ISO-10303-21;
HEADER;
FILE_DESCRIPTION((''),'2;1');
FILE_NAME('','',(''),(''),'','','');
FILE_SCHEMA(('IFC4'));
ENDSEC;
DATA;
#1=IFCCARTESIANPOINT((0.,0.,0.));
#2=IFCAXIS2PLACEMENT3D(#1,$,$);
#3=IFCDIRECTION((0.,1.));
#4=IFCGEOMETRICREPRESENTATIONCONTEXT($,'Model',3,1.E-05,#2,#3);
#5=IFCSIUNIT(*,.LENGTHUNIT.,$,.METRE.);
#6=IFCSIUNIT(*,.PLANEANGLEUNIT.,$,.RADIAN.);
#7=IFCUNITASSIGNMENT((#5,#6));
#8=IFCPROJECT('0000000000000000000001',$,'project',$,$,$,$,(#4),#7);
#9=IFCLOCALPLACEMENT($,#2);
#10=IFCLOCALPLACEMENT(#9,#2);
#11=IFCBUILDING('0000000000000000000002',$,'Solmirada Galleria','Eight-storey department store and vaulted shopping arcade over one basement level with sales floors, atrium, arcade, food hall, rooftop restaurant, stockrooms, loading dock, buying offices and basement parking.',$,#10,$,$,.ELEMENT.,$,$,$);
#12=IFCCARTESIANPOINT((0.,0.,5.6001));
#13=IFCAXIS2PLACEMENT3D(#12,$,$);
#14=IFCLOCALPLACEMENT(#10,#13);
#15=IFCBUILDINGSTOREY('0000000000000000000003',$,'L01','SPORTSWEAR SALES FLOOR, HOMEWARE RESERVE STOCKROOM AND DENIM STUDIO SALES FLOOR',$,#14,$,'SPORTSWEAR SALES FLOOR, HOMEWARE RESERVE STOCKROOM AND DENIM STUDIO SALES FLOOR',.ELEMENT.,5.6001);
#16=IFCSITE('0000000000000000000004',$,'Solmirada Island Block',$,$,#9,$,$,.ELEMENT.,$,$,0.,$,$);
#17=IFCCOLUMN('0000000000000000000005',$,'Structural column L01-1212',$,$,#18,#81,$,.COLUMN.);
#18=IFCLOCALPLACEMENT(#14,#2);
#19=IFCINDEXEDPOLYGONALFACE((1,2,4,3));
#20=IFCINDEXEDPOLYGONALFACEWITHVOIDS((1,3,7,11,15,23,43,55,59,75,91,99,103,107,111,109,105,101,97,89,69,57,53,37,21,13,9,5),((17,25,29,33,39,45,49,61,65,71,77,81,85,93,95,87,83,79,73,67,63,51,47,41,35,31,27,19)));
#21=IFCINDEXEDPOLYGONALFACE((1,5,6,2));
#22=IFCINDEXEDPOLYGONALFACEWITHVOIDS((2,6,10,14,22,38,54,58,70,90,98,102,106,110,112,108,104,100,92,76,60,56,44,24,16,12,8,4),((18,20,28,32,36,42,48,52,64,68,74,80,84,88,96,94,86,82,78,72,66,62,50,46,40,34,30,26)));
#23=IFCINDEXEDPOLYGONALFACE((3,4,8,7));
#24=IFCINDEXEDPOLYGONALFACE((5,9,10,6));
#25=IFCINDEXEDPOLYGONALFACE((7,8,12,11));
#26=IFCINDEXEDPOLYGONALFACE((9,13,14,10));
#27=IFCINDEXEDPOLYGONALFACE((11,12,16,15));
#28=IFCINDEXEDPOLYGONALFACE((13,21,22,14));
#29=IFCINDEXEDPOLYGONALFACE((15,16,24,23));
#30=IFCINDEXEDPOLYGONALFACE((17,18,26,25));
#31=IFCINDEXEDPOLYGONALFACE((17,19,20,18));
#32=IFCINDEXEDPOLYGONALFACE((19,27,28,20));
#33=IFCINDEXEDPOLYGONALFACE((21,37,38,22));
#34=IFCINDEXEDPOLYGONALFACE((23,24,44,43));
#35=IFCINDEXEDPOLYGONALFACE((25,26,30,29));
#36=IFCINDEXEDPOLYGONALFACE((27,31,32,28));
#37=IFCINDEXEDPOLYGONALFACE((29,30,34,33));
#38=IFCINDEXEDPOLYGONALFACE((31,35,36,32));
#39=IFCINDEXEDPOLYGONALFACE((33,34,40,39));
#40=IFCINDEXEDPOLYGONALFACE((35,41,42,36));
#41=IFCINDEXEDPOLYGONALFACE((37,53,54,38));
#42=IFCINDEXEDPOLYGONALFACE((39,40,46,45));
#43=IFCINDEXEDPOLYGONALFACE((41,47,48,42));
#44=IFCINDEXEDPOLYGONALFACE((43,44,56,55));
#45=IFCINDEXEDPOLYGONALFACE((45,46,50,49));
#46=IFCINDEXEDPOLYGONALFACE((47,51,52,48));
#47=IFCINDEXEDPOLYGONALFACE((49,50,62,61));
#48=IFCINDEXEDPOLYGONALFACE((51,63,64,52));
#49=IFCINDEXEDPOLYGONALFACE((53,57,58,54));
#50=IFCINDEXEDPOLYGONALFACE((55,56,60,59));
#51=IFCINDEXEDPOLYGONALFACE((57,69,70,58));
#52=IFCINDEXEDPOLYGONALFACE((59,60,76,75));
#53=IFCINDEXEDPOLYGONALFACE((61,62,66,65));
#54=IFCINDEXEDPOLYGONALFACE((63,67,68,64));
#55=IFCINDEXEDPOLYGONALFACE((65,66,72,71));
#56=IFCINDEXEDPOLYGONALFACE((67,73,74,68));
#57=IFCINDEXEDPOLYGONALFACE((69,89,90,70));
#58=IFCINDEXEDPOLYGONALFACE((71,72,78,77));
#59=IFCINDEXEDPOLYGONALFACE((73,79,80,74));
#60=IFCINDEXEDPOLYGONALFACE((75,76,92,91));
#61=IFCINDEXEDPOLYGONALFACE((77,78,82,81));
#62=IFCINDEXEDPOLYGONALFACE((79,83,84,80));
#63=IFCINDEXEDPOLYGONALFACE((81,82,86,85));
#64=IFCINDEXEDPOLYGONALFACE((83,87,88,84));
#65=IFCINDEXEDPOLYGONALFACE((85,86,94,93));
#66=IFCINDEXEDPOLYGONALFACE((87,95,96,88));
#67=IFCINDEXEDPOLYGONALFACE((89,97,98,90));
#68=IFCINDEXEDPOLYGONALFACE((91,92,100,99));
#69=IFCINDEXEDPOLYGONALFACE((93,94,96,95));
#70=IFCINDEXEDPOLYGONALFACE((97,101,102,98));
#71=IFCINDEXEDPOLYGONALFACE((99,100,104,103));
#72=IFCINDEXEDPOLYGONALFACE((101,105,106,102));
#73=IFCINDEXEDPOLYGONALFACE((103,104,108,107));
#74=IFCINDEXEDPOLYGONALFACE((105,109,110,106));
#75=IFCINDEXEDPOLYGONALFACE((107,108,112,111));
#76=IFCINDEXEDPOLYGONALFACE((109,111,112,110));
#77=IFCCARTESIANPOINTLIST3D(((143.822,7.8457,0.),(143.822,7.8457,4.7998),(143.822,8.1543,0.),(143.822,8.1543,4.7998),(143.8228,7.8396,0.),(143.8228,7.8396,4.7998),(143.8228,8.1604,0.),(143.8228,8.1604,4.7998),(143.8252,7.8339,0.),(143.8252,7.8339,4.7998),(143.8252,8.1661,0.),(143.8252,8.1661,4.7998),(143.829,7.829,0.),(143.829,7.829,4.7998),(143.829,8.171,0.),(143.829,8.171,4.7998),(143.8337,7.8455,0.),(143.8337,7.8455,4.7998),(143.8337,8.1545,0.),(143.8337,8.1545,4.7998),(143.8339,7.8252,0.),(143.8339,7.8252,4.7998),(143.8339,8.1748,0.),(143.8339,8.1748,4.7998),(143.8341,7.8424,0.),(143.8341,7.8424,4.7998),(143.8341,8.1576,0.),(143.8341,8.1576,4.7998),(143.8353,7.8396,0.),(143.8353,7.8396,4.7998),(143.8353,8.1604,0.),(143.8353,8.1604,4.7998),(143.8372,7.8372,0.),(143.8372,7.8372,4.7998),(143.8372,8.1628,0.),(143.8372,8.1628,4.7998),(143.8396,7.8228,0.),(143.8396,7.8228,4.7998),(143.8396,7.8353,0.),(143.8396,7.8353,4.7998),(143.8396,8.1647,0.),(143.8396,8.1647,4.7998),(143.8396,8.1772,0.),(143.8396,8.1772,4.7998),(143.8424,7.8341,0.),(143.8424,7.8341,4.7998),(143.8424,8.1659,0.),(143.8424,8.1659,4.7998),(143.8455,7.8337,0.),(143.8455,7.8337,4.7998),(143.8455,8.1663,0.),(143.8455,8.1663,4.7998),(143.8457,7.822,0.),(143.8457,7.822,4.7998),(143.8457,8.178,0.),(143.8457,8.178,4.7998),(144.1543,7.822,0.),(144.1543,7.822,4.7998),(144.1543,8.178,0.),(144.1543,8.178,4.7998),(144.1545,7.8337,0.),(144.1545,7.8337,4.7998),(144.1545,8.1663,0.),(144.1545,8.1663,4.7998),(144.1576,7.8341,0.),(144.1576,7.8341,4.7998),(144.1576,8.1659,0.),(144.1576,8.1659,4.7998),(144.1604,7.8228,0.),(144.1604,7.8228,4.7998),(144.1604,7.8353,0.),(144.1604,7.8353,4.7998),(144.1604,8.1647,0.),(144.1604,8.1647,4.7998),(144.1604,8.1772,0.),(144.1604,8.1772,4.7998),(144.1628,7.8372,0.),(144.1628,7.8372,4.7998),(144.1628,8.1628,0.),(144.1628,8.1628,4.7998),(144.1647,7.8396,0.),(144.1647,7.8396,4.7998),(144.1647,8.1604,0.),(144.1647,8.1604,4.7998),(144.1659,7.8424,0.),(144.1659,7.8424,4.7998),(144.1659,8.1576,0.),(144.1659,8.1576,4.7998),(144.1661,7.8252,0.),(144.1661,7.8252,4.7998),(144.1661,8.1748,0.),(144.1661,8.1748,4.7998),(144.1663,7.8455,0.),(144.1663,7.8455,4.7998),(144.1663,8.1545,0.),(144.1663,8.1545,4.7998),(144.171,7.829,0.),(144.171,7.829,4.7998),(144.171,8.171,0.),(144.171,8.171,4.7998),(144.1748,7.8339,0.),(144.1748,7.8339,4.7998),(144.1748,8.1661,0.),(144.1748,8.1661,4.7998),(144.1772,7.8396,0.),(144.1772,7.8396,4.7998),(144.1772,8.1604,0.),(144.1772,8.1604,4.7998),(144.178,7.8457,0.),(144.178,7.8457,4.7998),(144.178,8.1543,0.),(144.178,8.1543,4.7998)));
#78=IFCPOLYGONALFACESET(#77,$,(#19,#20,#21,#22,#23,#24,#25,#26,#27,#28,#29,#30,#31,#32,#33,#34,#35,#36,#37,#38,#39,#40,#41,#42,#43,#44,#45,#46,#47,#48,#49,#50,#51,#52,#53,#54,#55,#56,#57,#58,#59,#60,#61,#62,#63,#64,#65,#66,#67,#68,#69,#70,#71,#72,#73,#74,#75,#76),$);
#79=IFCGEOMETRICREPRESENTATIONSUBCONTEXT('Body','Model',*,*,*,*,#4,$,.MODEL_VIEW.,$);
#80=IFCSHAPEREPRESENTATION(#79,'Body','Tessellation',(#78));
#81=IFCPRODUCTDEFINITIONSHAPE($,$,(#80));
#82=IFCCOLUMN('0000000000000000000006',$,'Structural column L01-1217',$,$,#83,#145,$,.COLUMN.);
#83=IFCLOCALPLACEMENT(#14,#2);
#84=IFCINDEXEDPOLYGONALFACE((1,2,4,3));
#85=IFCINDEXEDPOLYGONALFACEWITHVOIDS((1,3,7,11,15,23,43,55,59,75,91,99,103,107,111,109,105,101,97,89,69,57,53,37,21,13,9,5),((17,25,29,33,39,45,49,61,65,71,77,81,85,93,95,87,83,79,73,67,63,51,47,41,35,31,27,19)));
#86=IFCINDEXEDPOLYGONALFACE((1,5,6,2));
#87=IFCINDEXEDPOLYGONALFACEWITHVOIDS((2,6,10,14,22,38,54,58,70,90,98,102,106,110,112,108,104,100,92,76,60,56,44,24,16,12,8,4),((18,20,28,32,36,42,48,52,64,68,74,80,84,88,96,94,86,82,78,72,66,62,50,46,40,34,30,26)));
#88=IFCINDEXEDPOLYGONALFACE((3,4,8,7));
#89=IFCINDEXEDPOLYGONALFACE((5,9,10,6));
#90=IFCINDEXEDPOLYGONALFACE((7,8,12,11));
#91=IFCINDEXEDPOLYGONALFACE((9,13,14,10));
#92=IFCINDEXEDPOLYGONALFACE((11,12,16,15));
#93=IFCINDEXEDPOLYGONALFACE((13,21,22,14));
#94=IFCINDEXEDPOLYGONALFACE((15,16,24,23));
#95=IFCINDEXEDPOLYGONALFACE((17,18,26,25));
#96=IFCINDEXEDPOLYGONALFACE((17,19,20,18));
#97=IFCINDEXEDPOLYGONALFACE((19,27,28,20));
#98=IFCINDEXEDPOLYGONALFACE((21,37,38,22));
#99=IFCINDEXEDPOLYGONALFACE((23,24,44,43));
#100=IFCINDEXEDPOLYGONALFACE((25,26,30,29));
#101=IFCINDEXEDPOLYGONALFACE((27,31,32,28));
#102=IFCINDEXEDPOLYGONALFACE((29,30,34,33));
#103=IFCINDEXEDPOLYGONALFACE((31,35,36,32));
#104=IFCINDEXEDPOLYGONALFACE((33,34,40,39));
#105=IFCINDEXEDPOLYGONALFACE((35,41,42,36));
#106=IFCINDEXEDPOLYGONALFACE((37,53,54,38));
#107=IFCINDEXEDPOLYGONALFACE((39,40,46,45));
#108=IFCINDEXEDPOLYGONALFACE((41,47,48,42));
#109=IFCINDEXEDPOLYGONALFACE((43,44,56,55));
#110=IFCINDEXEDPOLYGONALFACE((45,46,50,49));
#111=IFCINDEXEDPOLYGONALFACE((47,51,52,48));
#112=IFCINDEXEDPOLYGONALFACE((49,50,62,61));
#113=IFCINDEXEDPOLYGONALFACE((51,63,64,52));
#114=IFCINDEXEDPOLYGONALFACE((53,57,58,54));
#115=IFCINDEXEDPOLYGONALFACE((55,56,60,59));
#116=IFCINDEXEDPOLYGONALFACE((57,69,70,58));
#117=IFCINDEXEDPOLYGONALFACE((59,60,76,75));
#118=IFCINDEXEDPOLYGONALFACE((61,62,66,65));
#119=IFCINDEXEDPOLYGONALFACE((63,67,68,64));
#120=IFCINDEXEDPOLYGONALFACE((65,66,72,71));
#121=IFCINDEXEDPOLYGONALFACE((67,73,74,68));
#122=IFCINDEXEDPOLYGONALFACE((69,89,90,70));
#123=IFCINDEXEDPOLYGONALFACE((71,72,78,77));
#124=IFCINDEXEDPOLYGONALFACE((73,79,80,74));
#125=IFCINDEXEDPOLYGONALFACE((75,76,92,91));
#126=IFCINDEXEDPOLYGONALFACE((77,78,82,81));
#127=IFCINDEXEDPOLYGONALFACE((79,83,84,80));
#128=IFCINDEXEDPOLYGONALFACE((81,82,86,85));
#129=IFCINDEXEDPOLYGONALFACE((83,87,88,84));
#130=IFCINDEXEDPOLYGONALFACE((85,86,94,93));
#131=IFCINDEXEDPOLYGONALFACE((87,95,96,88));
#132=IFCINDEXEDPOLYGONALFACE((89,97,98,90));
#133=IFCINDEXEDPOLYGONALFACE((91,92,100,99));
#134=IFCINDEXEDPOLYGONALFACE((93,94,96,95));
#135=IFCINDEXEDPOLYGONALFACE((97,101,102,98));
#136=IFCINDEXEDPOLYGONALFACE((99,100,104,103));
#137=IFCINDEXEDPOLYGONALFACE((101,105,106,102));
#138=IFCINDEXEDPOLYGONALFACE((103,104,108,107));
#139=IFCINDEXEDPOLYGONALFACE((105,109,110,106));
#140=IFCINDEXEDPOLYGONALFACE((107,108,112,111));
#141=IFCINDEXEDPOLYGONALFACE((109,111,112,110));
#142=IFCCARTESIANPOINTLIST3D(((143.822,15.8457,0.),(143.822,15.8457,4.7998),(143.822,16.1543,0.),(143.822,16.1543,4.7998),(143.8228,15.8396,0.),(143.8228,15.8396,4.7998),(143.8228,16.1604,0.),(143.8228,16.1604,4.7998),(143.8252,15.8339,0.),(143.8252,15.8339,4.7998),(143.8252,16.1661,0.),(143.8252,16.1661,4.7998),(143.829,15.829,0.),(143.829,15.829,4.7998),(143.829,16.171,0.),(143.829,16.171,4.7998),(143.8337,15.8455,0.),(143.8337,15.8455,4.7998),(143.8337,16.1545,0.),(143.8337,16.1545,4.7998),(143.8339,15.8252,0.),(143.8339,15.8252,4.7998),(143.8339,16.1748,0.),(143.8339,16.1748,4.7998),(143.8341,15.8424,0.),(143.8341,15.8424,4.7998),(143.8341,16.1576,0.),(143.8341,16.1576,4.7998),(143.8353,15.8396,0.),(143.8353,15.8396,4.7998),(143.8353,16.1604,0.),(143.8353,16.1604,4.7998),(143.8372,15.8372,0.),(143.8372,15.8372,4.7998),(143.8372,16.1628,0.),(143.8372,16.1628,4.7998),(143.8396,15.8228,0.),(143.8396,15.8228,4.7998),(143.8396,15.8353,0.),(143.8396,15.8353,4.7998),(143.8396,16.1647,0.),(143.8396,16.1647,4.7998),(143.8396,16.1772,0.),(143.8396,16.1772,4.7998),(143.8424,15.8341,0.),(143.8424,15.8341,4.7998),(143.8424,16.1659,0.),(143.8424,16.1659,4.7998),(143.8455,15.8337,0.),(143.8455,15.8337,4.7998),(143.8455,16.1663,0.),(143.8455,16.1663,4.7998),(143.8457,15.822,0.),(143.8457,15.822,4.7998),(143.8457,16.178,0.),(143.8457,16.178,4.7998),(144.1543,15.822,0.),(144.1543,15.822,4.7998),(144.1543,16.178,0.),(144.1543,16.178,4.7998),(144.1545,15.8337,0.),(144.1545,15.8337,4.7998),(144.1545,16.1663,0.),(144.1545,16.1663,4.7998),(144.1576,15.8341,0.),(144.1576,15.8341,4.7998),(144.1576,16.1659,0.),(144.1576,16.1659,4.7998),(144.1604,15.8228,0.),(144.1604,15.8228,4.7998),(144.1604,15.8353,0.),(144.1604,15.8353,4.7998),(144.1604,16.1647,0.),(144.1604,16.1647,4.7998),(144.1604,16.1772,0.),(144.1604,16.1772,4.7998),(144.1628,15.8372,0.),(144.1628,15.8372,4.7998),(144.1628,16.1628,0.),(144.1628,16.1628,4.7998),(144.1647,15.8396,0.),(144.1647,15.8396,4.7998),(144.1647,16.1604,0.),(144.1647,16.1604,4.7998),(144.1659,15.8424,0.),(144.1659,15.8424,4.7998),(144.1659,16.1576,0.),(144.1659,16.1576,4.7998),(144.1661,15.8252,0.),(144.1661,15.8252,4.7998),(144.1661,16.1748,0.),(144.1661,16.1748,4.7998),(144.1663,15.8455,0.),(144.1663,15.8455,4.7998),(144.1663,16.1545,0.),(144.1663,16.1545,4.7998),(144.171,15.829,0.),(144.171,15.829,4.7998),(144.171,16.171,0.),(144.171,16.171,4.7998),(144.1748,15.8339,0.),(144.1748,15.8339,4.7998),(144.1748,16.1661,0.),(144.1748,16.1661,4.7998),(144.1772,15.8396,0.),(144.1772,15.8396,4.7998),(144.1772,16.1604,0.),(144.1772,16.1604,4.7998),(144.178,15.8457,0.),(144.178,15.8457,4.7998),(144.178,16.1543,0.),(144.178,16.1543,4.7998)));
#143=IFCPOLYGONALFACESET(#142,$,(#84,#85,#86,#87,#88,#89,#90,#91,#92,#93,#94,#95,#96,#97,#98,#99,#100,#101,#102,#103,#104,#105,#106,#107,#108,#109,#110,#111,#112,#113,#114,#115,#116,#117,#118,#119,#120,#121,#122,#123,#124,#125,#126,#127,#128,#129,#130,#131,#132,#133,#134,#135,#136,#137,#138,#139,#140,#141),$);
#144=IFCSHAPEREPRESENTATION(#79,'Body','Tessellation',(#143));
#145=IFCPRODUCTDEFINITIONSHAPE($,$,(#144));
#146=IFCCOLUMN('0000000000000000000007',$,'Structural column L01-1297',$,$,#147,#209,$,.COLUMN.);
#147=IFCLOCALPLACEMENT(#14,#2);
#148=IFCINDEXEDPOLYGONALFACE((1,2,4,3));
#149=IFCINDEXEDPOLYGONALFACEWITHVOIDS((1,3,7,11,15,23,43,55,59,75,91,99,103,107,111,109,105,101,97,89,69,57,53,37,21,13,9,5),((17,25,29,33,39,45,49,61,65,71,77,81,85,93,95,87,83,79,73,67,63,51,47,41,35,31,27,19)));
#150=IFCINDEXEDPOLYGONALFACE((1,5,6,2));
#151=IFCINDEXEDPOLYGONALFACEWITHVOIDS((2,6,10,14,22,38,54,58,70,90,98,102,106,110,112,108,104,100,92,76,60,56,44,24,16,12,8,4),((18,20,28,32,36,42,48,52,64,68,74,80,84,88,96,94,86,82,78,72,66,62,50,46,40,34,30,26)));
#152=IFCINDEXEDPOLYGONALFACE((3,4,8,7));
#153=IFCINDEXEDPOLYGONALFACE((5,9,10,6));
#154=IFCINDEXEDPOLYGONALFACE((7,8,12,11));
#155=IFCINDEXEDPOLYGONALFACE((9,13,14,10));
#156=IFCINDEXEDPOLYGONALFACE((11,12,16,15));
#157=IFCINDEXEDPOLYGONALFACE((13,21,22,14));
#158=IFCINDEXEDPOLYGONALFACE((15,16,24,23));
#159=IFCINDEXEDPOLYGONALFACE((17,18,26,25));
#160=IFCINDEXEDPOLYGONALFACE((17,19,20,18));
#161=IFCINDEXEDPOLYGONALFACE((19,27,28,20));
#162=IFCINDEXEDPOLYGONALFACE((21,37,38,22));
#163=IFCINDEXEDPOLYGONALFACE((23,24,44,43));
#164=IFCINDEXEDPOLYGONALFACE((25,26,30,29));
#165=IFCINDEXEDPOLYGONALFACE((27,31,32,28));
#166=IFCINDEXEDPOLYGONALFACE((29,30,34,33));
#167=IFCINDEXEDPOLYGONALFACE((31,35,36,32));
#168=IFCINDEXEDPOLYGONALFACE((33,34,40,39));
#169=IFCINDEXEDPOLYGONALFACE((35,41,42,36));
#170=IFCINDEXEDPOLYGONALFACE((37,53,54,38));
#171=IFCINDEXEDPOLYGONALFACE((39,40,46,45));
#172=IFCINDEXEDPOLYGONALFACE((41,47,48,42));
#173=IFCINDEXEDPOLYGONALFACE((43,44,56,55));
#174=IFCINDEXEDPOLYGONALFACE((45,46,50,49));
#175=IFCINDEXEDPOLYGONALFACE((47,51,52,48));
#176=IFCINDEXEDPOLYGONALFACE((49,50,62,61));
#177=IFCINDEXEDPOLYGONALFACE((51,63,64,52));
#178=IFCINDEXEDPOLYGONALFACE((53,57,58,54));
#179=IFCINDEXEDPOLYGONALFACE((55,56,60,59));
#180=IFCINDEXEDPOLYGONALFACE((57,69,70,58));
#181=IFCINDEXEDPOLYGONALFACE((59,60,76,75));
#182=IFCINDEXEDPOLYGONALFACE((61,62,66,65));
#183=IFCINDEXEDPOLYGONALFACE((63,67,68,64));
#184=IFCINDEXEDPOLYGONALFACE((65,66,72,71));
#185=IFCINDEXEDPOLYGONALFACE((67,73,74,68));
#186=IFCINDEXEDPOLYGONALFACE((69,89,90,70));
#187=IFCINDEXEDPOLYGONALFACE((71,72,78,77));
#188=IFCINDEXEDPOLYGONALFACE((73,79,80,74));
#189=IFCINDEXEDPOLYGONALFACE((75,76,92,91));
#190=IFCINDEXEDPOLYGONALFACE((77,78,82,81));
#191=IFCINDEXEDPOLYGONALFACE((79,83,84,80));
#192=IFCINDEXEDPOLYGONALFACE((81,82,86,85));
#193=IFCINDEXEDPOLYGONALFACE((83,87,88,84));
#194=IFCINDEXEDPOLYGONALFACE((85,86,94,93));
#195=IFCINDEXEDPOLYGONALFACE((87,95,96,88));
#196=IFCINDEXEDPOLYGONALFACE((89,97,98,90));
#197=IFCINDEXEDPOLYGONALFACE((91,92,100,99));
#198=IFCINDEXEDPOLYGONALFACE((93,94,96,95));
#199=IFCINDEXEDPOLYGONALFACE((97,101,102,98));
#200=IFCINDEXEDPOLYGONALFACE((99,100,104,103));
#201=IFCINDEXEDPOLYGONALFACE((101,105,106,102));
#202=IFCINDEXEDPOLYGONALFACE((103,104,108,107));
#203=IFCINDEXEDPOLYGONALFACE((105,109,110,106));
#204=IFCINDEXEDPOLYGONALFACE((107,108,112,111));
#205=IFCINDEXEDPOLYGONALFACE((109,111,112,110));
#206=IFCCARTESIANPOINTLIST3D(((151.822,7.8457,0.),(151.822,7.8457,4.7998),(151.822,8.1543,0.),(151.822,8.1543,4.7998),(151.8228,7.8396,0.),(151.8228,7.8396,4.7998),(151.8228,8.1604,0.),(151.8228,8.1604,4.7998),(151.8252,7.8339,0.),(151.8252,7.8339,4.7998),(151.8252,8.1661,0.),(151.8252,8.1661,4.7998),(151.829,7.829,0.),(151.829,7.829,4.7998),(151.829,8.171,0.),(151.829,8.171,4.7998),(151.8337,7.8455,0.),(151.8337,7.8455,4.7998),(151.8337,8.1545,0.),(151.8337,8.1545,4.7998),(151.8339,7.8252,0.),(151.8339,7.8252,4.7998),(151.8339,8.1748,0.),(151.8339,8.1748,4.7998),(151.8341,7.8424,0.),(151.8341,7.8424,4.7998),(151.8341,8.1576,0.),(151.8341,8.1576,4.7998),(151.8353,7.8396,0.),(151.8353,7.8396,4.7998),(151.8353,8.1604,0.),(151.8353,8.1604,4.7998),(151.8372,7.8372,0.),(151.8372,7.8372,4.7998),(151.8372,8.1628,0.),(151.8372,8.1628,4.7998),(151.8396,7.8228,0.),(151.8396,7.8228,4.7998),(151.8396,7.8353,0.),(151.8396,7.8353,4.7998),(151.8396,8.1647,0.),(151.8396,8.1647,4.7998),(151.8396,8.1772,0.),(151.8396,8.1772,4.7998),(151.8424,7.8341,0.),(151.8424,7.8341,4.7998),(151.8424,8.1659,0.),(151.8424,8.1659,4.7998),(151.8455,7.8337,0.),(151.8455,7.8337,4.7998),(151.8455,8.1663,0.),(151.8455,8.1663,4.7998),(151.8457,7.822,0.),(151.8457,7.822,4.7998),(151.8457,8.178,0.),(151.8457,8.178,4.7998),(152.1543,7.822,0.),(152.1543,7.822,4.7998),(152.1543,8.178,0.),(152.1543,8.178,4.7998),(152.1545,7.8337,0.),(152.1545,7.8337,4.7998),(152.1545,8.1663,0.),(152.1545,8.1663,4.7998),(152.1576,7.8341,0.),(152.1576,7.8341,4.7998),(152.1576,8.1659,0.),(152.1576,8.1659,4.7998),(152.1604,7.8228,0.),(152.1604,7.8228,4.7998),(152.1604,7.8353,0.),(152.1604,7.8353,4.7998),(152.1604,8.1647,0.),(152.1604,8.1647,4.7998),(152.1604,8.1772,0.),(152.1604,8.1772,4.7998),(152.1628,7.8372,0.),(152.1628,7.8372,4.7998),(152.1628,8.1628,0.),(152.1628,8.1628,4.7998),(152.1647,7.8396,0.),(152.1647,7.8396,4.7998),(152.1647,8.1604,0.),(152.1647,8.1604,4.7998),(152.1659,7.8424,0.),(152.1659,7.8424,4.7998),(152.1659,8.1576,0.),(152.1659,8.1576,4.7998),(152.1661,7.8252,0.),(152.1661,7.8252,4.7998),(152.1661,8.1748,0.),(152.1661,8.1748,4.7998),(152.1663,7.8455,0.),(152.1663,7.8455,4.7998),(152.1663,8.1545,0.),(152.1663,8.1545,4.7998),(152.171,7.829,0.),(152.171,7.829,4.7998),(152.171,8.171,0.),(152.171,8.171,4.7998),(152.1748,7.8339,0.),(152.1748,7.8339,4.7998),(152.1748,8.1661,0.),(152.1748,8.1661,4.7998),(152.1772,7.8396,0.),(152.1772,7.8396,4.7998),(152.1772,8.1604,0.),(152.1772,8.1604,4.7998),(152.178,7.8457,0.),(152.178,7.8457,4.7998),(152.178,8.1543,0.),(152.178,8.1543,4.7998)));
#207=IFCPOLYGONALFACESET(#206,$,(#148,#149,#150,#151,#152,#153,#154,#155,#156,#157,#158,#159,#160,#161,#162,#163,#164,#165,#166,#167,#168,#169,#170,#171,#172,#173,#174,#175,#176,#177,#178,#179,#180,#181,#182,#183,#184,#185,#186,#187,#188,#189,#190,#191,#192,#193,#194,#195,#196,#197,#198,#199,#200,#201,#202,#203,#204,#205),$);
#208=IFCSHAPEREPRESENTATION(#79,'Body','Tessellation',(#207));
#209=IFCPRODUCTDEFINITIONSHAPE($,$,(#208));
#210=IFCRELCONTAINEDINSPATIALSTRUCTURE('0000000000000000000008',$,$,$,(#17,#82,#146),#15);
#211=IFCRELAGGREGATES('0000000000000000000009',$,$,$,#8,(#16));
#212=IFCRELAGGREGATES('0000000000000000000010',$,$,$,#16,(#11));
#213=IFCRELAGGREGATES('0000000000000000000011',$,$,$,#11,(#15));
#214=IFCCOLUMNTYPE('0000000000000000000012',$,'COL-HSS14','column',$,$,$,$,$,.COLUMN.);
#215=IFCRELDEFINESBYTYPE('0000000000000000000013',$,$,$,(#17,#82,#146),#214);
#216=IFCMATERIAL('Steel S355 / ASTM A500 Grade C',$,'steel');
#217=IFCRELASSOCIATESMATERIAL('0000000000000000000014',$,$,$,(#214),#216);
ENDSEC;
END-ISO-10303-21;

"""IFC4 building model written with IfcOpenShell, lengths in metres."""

from ifc_helpers import new_model, si_unit, direction, frame, origin, origin_2d, place, context, subcontext, project, spatial, hollow_rectangle, extrude, material, material_profile, profile_set, type_object, element, save


model = new_model("IFC4")

# Units and contexts
model_context = context("Model", 3, precision=1e-05, world=origin(), true_north=direction((0.0, 1.0)))
body_context = subcontext(model_context, "Body", "Model", "MODEL_VIEW")
ifc_project = project(units=[si_unit("LENGTHUNIT", "METRE"), si_unit("PLANEANGLEUNIT", "RADIAN")], contexts=[model_context])

# Site, building, storey
site_placement = place(None, origin())
site = spatial("IfcSite", under=ifc_project, at=site_placement, Name="Solmirada Island Block", CompositionType="ELEMENT", RefElevation=0.0)
building_placement = place(site_placement, origin())
building = spatial("IfcBuilding", under=site, at=building_placement, Name="Solmirada Galleria", Description="Eight-storey department store and vaulted shopping arcade over one basement level with sales floors, atrium, arcade, food hall, rooftop restaurant, stockrooms, loading dock, buying offices and basement parking.", CompositionType="ELEMENT")
storey_placement = place(building_placement, frame((0.0, 0.0, 5.6001)))
storey = spatial("IfcBuildingStorey", under=building, at=storey_placement, Name="L01", Description="SPORTSWEAR SALES FLOOR, HOMEWARE RESERVE STOCKROOM AND DENIM STUDIO SALES FLOOR", LongName="SPORTSWEAR SALES FLOOR, HOMEWARE RESERVE STOCKROOM AND DENIM STUDIO SALES FLOOR", CompositionType="ELEMENT", Elevation=5.6001)

# Columns
ifc_material_1 = material(Name="Steel S355 / ASTM A500 Grade C", Category="steel")
ifc_material_profile_1 = material_profile(ifc_material_1, hollow_rectangle(XDim=0.356, YDim=0.356, WallThickness=0.0117, InnerFilletRadius=0.0117, OuterFilletRadius=0.0237, at=origin_2d()), Name="HSS14X14X1/2")
ifc_profile_set_1 = profile_set([ifc_material_profile_1], Name="Steel S355 / ASTM A500 Grade C")
column_type = type_object("IfcColumnType", Name="COL-HSS14", Description="column", PredefinedType="COLUMN", material=ifc_profile_set_1)
for number, where, z_axis, x_axis, name in (
    (1, (144.0, 8.0, 0.0), (0.0, 0.0, 1.0), (1.0, 0.0, 0.0), "Structural column L01-1212"),
    (2, (144.0, 16.0, 0.0), (0.0, 0.0, 1.0), (1.0, 0.0, 0.0), "Structural column L01-1217"),
    (3, (152.0, 8.0, 0.0), (0.0, 0.0, 1.0), (1.0, 0.0, 0.0), "Structural column L01-1297"),
):
    element("IfcColumn", number, at=place(storey_placement, frame(where, z_axis=z_axis, x_axis=x_axis)), inside=storey, type_object=column_type, Name=name, PredefinedType="COLUMN", context=body_context, shape_type="SweptSolid", body=[
        extrude(hollow_rectangle(XDim=0.356, YDim=0.356, WallThickness=0.0117, InnerFilletRadius=0.0117, OuterFilletRadius=0.0237, at=origin_2d()), origin(), (0.0, 0.0, 1.0), 4.7998),
    ])

save(model, "model.ifc")
